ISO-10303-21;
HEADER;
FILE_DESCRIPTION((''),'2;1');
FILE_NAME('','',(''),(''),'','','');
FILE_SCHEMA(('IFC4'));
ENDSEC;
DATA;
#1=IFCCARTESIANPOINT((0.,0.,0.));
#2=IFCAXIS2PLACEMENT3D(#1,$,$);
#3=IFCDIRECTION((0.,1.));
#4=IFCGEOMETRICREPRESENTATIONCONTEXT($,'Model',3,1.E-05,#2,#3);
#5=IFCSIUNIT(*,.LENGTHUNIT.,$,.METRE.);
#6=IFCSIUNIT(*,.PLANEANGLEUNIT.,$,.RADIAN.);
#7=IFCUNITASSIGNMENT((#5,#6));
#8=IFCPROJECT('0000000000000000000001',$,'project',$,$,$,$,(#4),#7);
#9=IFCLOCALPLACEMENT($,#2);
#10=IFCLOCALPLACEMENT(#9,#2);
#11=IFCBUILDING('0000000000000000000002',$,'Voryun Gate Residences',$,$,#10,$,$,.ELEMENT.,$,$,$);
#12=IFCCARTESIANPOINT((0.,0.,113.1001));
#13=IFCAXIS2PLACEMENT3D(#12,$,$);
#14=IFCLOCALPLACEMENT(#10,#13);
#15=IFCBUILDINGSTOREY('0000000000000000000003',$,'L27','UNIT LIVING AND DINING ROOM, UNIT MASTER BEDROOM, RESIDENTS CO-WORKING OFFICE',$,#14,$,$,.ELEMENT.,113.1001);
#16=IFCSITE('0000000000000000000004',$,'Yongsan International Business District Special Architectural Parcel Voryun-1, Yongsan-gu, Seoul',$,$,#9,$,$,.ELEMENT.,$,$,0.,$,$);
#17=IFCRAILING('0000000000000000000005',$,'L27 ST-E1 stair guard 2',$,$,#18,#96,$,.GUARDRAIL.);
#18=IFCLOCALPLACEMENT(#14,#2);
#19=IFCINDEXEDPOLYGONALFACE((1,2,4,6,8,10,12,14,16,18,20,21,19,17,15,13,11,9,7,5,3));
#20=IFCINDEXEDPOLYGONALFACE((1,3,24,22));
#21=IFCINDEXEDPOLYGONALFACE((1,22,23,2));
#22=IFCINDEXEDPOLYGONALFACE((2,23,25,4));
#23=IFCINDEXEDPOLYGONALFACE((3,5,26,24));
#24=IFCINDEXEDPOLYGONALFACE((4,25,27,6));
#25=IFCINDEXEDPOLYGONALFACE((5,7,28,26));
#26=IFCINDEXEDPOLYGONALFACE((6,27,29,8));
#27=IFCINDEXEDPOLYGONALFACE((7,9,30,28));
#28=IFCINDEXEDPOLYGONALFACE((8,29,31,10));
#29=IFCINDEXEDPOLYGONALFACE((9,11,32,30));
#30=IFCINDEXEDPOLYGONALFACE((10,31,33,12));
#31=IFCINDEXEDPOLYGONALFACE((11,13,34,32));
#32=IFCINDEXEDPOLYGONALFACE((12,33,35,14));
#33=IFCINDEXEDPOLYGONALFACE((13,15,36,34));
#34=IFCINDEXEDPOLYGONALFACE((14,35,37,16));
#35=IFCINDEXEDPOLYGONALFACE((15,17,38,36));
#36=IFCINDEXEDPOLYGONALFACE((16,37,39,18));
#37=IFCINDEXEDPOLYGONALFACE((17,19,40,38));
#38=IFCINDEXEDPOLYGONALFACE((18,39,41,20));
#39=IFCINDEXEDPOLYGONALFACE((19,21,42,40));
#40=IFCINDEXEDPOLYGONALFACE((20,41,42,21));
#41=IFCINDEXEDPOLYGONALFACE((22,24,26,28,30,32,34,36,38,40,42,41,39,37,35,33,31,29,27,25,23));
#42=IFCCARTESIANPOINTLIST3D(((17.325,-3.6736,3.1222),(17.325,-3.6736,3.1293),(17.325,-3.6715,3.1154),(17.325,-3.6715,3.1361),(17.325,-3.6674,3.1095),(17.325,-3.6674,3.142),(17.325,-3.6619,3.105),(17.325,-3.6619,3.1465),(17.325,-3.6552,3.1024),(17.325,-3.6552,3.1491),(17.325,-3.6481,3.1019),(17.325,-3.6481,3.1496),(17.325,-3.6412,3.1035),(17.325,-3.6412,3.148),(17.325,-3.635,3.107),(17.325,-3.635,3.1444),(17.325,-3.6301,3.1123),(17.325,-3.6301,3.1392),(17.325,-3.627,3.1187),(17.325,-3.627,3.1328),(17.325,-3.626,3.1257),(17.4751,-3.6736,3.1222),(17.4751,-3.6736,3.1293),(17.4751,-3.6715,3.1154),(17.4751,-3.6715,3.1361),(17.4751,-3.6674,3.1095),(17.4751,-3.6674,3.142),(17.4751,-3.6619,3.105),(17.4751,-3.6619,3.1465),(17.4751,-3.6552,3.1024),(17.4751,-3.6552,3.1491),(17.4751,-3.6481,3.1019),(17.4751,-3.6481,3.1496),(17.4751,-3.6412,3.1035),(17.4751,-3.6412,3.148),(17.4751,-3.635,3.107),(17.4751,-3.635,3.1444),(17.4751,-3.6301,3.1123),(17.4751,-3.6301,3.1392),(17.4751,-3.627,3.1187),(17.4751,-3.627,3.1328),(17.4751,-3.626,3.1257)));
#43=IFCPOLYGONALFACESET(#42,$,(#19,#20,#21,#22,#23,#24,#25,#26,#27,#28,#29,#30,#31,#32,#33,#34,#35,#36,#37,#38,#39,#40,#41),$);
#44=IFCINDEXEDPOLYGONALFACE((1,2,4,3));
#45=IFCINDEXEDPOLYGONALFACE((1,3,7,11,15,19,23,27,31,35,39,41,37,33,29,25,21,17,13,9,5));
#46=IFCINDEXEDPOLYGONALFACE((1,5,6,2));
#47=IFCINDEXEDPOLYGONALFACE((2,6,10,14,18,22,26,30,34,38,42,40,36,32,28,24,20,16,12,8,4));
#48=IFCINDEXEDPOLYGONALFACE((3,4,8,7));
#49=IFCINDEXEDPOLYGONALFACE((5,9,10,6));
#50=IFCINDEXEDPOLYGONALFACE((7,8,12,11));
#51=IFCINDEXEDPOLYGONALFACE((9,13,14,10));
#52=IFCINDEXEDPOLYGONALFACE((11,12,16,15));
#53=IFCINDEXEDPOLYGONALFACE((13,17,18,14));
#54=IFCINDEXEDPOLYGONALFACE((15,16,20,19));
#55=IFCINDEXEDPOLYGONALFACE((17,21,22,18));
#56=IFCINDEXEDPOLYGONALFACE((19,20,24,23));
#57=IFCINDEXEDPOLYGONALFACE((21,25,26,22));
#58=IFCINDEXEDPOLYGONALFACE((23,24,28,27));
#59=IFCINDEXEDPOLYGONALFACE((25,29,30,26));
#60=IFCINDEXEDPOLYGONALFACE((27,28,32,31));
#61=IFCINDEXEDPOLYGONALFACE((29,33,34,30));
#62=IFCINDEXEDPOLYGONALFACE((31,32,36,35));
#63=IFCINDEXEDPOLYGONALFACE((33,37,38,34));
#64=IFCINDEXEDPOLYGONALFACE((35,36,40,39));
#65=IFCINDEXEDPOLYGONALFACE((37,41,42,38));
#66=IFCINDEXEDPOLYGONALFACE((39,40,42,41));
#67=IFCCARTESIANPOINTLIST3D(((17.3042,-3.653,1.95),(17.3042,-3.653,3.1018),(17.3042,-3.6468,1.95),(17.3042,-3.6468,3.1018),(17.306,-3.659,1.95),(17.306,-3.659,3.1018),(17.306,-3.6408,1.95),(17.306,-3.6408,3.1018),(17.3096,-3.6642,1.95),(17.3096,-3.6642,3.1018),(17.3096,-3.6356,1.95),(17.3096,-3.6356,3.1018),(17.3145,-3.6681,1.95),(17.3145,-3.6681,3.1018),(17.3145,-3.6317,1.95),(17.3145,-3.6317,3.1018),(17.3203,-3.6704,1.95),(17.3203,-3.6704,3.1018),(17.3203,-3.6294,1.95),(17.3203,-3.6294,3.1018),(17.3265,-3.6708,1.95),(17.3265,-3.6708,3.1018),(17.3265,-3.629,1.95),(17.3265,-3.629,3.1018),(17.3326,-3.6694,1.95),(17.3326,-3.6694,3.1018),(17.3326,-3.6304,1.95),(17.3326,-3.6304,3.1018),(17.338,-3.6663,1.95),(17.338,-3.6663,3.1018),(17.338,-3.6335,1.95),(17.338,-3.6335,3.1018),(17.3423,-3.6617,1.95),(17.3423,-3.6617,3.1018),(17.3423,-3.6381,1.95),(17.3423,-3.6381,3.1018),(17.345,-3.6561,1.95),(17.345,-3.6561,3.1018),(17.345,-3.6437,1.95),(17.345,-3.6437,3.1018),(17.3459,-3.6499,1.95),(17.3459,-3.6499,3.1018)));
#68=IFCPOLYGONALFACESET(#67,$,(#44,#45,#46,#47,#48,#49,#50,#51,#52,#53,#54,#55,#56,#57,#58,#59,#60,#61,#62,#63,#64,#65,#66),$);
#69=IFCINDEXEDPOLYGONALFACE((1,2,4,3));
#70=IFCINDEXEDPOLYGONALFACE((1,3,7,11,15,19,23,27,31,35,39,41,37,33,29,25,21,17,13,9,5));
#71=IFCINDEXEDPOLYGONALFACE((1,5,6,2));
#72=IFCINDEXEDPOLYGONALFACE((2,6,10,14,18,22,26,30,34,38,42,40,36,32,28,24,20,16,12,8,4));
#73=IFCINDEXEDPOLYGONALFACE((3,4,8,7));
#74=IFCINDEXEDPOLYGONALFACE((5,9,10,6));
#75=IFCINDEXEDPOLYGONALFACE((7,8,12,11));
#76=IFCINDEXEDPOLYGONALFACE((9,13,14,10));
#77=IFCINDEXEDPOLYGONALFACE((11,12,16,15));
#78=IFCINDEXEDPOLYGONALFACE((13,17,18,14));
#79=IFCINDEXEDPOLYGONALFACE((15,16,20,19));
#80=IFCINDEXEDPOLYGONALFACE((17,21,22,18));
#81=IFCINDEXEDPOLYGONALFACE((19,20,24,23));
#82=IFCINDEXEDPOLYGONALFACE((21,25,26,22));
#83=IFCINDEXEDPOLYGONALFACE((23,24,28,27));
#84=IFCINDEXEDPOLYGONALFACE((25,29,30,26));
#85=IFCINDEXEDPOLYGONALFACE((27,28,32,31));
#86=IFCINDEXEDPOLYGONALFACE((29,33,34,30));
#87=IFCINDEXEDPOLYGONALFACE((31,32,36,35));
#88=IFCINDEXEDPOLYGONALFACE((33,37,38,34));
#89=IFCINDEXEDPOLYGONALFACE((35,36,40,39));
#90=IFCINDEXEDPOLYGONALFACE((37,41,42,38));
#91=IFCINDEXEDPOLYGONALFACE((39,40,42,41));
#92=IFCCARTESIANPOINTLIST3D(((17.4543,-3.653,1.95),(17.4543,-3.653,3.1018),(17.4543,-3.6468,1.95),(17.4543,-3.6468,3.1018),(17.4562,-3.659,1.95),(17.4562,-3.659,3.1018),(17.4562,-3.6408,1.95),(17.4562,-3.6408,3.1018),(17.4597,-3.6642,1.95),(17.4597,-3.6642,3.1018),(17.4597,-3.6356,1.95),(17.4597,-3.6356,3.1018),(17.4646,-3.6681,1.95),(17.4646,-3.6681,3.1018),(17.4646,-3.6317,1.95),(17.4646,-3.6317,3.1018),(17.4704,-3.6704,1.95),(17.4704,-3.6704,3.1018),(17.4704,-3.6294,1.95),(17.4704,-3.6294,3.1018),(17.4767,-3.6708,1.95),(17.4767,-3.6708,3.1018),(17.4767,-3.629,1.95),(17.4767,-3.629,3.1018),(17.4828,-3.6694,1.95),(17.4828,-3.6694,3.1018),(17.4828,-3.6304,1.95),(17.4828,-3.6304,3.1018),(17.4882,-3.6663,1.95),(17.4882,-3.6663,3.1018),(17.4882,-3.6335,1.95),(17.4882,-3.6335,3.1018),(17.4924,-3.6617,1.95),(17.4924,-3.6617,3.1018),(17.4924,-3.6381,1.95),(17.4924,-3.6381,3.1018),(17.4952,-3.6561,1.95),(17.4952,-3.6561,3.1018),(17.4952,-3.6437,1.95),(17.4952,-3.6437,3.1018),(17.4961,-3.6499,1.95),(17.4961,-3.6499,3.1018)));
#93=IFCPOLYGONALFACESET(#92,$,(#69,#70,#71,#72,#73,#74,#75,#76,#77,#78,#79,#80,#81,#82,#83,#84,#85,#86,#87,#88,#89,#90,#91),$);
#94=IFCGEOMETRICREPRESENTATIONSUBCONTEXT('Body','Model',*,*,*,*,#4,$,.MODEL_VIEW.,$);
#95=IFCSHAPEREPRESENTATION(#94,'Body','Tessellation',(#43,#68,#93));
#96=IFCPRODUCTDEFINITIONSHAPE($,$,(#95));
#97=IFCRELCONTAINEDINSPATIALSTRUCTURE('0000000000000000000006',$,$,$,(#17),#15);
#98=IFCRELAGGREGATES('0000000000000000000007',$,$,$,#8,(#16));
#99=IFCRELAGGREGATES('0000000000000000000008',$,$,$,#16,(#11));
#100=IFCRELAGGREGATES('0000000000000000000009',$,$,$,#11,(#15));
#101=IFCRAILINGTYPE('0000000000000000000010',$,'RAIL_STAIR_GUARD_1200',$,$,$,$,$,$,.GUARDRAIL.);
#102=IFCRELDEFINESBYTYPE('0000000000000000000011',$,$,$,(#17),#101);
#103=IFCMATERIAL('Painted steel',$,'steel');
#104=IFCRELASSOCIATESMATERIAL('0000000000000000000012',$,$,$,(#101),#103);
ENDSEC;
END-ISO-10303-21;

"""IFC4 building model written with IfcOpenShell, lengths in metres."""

from ifc_helpers import new_model, si_unit, direction, frame, origin, origin_2d, place, context, subcontext, project, spatial, circle, extrude, material, type_object, element, save


model = new_model("IFC4")

# Units and contexts
model_context = context("Model", 3, precision=1e-05, world=origin(), true_north=direction((0.0, 1.0)))
body_context = subcontext(model_context, "Body", "Model", "MODEL_VIEW")
ifc_project = project(units=[si_unit("LENGTHUNIT", "METRE"), si_unit("PLANEANGLEUNIT", "RADIAN")], contexts=[model_context])

# Site, building, storey
site_placement = place(None, origin())
site = spatial("IfcSite", under=ifc_project, at=site_placement, Name="Yongsan International Business District Special Architectural Parcel Voryun-1, Yongsan-gu, Seoul", CompositionType="ELEMENT", RefElevation=0.0)
building_placement = place(site_placement, origin())
building = spatial("IfcBuilding", under=site, at=building_placement, Name="Voryun Gate Residences", CompositionType="ELEMENT")
storey_placement = place(building_placement, frame((0.0, 0.0, 113.1001)))
storey = spatial("IfcBuildingStorey", under=building, at=storey_placement, Name="L27", Description="UNIT LIVING AND DINING ROOM, UNIT MASTER BEDROOM, RESIDENTS CO-WORKING OFFICE", CompositionType="ELEMENT", Elevation=113.1001)

# Railing
ifc_material_1 = material(Name="Painted steel", Category="steel")
railing_type_1 = type_object("IfcRailingType", Name="RAIL_STAIR_GUARD_1200", PredefinedType="GUARDRAIL", material=ifc_material_1)
railing_1_placement = place(storey_placement, frame((17.325, -3.6499, 1.95)))
element("IfcRailing", 1, at=railing_1_placement, inside=storey, type_object=railing_type_1, Name="L27 ST-E1 stair guard 2", PredefinedType="GUARDRAIL", context=body_context, shape_type="SweptSolid", body=[
    extrude(circle(Radius=0.0239, at=origin_2d()), frame((0.0, 0.0, 1.1758), z_axis=(1.0, 0.0, 0.0), x_axis=(0.0, 1.0, 0.0)), (0.0, 0.0, 1.0), 0.1501),
    extrude(circle(Radius=0.021, at=origin_2d()), origin(), (0.0, 0.0, 1.0), 1.1519),
    extrude(circle(Radius=0.021, at=origin_2d()), frame((0.1501, 0.0, 0.0)), (0.0, 0.0, 1.0), 1.1519),
])

save(model, "model.ifc")
